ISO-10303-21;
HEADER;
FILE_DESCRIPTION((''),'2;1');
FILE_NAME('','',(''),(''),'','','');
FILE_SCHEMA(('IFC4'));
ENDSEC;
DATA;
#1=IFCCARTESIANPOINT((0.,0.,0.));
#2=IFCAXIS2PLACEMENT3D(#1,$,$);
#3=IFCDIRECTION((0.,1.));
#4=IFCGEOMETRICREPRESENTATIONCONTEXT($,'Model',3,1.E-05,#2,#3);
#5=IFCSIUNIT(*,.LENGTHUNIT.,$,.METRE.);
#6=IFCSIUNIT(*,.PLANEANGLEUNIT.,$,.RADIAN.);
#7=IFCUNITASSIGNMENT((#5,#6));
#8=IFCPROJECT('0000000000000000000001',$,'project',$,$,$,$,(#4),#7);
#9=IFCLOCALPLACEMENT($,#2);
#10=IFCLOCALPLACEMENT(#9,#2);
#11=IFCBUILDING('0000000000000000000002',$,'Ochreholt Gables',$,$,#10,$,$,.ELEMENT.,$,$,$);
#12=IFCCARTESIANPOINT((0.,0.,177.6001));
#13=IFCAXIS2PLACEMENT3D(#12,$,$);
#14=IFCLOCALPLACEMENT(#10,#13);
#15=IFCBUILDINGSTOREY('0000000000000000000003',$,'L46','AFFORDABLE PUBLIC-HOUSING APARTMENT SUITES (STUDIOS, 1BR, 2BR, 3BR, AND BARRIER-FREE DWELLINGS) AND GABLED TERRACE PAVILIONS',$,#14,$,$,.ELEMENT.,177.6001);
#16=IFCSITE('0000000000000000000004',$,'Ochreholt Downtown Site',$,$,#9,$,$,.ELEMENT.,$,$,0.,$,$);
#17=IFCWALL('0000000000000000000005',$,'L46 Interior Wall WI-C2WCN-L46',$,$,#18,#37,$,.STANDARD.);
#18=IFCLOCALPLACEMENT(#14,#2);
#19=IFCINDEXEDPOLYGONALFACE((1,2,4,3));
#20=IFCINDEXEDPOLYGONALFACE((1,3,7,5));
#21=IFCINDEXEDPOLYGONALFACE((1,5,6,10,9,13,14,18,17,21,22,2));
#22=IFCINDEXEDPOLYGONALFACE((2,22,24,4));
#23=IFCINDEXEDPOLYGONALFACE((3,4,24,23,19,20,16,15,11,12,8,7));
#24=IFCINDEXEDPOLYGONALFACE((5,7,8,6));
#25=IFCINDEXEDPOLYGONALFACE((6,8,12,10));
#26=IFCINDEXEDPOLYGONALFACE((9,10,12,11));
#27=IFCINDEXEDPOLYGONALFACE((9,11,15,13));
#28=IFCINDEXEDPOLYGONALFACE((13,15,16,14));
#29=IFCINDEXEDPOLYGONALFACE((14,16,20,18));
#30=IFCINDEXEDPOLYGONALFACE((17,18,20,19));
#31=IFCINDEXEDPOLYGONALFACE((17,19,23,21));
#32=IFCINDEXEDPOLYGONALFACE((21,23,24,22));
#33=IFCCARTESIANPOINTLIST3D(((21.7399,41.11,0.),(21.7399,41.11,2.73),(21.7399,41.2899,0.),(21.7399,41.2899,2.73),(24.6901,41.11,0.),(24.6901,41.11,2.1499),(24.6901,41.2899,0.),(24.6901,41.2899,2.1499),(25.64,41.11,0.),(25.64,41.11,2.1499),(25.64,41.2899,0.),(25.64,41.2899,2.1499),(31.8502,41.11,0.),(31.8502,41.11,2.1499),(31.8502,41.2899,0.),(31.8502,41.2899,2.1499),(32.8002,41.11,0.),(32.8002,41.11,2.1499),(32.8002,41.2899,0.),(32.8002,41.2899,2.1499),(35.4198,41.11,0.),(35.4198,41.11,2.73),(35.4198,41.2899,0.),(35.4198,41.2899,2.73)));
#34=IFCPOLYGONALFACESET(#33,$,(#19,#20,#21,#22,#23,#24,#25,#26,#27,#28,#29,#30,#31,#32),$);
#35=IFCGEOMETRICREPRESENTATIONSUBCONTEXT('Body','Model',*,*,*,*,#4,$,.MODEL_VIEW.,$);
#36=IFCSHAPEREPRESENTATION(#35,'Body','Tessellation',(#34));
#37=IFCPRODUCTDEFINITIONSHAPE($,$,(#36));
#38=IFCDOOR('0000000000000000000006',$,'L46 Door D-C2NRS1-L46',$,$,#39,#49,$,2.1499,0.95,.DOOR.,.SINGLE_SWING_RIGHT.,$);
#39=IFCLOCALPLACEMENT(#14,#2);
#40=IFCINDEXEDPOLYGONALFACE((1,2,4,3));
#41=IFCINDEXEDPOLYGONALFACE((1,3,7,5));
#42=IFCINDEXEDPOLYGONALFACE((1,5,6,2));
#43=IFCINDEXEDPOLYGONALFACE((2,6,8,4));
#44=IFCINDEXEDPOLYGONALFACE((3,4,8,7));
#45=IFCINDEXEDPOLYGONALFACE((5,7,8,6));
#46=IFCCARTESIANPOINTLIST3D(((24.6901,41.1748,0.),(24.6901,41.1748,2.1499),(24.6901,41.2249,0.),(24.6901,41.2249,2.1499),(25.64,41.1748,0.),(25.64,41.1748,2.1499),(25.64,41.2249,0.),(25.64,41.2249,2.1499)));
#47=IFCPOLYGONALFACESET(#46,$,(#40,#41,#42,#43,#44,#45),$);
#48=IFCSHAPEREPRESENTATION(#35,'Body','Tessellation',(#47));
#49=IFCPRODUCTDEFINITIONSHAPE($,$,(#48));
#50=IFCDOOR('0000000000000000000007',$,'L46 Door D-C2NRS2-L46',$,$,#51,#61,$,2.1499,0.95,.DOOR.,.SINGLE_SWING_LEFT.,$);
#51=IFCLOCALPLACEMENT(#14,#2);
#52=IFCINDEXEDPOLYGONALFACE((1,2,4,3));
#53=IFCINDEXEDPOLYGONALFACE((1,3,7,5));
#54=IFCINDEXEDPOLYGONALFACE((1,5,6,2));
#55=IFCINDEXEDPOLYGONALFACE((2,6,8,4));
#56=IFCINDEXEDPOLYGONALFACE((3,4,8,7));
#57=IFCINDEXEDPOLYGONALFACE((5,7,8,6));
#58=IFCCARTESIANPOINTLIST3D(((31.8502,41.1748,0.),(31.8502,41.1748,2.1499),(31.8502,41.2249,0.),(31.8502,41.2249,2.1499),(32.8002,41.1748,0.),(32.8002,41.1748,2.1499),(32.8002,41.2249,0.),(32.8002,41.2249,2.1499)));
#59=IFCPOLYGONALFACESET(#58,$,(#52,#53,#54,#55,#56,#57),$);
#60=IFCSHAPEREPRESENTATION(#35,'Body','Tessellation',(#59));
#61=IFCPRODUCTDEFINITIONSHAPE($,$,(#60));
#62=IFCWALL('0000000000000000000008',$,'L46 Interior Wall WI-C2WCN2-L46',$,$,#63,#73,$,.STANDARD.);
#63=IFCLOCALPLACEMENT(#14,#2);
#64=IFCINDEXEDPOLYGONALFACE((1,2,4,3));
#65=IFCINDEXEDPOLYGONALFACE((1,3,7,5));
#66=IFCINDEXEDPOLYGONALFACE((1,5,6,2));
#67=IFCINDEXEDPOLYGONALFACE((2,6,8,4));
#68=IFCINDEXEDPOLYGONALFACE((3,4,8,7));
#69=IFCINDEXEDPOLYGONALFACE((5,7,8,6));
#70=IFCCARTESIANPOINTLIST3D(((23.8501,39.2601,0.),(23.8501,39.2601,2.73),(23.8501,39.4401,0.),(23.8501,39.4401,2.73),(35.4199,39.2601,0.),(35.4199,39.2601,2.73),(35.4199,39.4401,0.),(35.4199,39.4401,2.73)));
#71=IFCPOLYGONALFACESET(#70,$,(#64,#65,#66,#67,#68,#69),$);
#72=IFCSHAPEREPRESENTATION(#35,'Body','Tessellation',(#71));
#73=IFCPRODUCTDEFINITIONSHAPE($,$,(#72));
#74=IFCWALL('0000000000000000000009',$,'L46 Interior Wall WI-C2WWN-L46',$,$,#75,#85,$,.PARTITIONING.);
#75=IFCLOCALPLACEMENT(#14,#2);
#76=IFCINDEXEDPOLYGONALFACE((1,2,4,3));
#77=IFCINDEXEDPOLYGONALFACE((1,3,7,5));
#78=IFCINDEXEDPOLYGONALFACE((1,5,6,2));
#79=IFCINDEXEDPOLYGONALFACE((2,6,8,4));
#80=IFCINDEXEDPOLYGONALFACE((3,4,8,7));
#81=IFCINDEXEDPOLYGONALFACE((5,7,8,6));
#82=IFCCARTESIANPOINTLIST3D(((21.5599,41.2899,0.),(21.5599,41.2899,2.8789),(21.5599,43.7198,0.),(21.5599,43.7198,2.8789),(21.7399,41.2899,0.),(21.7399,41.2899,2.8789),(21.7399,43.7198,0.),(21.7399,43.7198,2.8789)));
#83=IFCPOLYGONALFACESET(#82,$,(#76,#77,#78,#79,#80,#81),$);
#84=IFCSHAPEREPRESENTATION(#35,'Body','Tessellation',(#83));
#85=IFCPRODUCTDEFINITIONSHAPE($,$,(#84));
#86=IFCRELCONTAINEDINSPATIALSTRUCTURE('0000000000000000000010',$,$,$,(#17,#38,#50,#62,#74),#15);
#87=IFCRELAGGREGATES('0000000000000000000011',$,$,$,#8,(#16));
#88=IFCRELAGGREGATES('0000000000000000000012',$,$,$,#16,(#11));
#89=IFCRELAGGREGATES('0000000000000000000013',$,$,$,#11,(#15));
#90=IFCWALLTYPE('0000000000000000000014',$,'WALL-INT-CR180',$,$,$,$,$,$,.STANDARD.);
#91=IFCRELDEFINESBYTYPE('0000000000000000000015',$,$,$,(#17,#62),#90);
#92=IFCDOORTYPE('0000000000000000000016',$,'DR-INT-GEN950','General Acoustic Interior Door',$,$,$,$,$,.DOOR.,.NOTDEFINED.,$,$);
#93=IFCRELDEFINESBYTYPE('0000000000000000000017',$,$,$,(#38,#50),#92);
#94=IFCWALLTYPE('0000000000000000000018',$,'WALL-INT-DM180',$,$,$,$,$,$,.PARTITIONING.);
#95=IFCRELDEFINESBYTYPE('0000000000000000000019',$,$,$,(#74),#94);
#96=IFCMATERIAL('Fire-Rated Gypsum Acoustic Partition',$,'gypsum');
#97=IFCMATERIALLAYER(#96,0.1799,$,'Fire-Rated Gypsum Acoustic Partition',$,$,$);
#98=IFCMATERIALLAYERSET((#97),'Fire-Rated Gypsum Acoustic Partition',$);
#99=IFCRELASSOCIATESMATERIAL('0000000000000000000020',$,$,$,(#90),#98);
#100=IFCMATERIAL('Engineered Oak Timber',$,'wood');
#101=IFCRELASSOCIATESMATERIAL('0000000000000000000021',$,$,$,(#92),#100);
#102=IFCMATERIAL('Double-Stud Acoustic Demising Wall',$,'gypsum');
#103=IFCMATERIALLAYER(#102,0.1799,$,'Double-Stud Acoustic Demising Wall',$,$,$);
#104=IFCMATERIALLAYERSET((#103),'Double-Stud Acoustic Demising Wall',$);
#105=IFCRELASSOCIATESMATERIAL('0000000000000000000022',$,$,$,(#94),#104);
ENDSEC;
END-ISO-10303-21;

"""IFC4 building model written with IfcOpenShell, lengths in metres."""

from ifc_helpers import new_model, si_unit, direction, frame, frame_2d, origin, place, context, subcontext, project, spatial, rectangle, extrude, material, layer, layer_set, type_object, element, fill, save


model = new_model("IFC4")

# Units and contexts
model_context = context("Model", 3, precision=1e-05, world=origin(), true_north=direction((0.0, 1.0)))
body_context = subcontext(model_context, "Body", "Model", "MODEL_VIEW")
ifc_project = project(units=[si_unit("LENGTHUNIT", "METRE"), si_unit("PLANEANGLEUNIT", "RADIAN")], contexts=[model_context])

# Site, building, storey
site_placement = place(None, origin())
site = spatial("IfcSite", under=ifc_project, at=site_placement, Name="Ochreholt Downtown Site", CompositionType="ELEMENT", RefElevation=0.0)
building_placement = place(site_placement, origin())
building = spatial("IfcBuilding", under=site, at=building_placement, Name="Ochreholt Gables", CompositionType="ELEMENT")
storey_placement = place(building_placement, frame((0.0, 0.0, 177.6001)))
storey = spatial("IfcBuildingStorey", under=building, at=storey_placement, Name="L46", Description="AFFORDABLE PUBLIC-HOUSING APARTMENT SUITES (STUDIOS, 1BR, 2BR, 3BR, AND BARRIER-FREE DWELLINGS) AND GABLED TERRACE PAVILIONS", CompositionType="ELEMENT", Elevation=177.6001)

# Wall, openings, doors
ifc_material_1 = material(Name="Fire-Rated Gypsum Acoustic Partition", Category="gypsum")
ifc_layer_1 = layer(ifc_material_1, 0.1799, Name="Fire-Rated Gypsum Acoustic Partition")
ifc_layer_set_1 = layer_set([ifc_layer_1], Name="Fire-Rated Gypsum Acoustic Partition")
wall_type_1 = type_object("IfcWallType", Name="WALL-INT-CR180", PredefinedType="STANDARD", material=ifc_layer_set_1)
wall_1_placement = place(storey_placement, frame((21.74, 41.2, 0.0), z_axis=(0.0, 0.0, 1.0), x_axis=(1.0, 0.0, 0.0)))
wall_1 = element("IfcWall", 1, at=wall_1_placement, inside=storey, type_object=wall_type_1, Name="L46 Interior Wall WI-C2WCN-L46", PredefinedType="STANDARD", context=body_context, shape_type="SweptSolid", body=[
    extrude(rectangle(XDim=13.6799, YDim=0.1799, at=frame_2d((6.8398, 0.0))), origin(), (0.0, 0.0, 1.0), 2.73),
])
opening_1_placement = place(wall_1_placement, frame((2.95, 0.0, 0.0)))
opening_1 = element("IfcOpeningElement", 2, at=opening_1_placement, cuts=wall_1, PredefinedType="OPENING", context=body_context, shape_type="SweptSolid", body=[
    extrude(rectangle(XDim=0.95, YDim=2.1499, at=frame_2d((0.4751, 1.075))), frame((0.0, 0.0999, 0.0), z_axis=(0.0, -1.0, 0.0), x_axis=(1.0, 0.0, 0.0)), (0.0, 0.0, 1.0), 0.2),
])
opening_2_placement = place(wall_1_placement, frame((10.1101, 0.0, 0.0)))
opening_2 = element("IfcOpeningElement", 3, at=opening_2_placement, cuts=wall_1, PredefinedType="OPENING", context=body_context, shape_type="SweptSolid", body=[
    extrude(rectangle(XDim=0.95, YDim=2.1499, at=frame_2d((0.4751, 1.075))), frame((0.0, 0.0999, 0.0), z_axis=(0.0, -1.0, 0.0), x_axis=(1.0, 0.0, 0.0)), (0.0, 0.0, 1.0), 0.2),
])
ifc_material_2 = material(Name="Engineered Oak Timber", Category="wood")
door_type = type_object("IfcDoorType", Name="DR-INT-GEN950", Description="General Acoustic Interior Door", OperationType="NOTDEFINED", PredefinedType="DOOR", material=ifc_material_2)
door_1_placement = place(opening_1_placement, origin())
door_1 = element("IfcDoor", 4, at=door_1_placement, inside=storey, type_object=door_type, Name="L46 Door D-C2NRS1-L46", OperationType="SINGLE_SWING_RIGHT", OverallHeight=2.1499, OverallWidth=0.95, PredefinedType="DOOR", context=body_context, shape_type="SweptSolid", body=[
    extrude(rectangle(XDim=0.95, YDim=2.1499, at=frame_2d((0.4751, 1.075))), frame((0.0, 0.0249, 0.0), z_axis=(0.0, -1.0, 0.0), x_axis=(1.0, 0.0, 0.0)), (0.0, 0.0, 1.0), 0.05),
])
fill(opening_1, door_1)
door_2_placement = place(opening_2_placement, origin())
door_2 = element("IfcDoor", 5, at=door_2_placement, inside=storey, type_object=door_type, Name="L46 Door D-C2NRS2-L46", OperationType="SINGLE_SWING_LEFT", OverallHeight=2.1499, OverallWidth=0.95, PredefinedType="DOOR", context=body_context, shape_type="SweptSolid", body=[
    extrude(rectangle(XDim=0.95, YDim=2.1499, at=frame_2d((0.4751, 1.075))), frame((0.0, 0.0249, 0.0), z_axis=(0.0, -1.0, 0.0), x_axis=(1.0, 0.0, 0.0)), (0.0, 0.0, 1.0), 0.05),
])
fill(opening_2, door_2)

# Walls
wall_2_placement = place(storey_placement, frame((23.8501, 39.3501, 0.0), z_axis=(0.0, 0.0, 1.0), x_axis=(1.0, 0.0, 0.0)))
element("IfcWall", 6, at=wall_2_placement, inside=storey, type_object=wall_type_1, Name="L46 Interior Wall WI-C2WCN2-L46", PredefinedType="STANDARD", context=body_context, shape_type="SweptSolid", body=[
    extrude(rectangle(XDim=11.5698, YDim=0.1799, at=frame_2d((5.7849, 0.0))), origin(), (0.0, 0.0, 1.0), 2.73),
])
ifc_material_3 = material(Name="Double-Stud Acoustic Demising Wall", Category="gypsum")
ifc_layer_2 = layer(ifc_material_3, 0.1799, Name="Double-Stud Acoustic Demising Wall")
ifc_layer_set_2 = layer_set([ifc_layer_2], Name="Double-Stud Acoustic Demising Wall")
wall_type_2 = type_object("IfcWallType", Name="WALL-INT-DM180", PredefinedType="PARTITIONING", material=ifc_layer_set_2)
wall_3_placement = place(storey_placement, frame((21.6499, 41.29, 0.0), z_axis=(0.0, 0.0, 1.0), x_axis=(0.0, 1.0, 0.0)))
element("IfcWall", 7, at=wall_3_placement, inside=storey, type_object=wall_type_2, Name="L46 Interior Wall WI-C2WWN-L46", PredefinedType="PARTITIONING", context=body_context, shape_type="SweptSolid", body=[
    extrude(rectangle(XDim=2.4299, YDim=0.1799, at=frame_2d((1.2148, 0.0))), origin(), (0.0, 0.0, 1.0), 2.8789),
])

save(model, "model.ifc")
